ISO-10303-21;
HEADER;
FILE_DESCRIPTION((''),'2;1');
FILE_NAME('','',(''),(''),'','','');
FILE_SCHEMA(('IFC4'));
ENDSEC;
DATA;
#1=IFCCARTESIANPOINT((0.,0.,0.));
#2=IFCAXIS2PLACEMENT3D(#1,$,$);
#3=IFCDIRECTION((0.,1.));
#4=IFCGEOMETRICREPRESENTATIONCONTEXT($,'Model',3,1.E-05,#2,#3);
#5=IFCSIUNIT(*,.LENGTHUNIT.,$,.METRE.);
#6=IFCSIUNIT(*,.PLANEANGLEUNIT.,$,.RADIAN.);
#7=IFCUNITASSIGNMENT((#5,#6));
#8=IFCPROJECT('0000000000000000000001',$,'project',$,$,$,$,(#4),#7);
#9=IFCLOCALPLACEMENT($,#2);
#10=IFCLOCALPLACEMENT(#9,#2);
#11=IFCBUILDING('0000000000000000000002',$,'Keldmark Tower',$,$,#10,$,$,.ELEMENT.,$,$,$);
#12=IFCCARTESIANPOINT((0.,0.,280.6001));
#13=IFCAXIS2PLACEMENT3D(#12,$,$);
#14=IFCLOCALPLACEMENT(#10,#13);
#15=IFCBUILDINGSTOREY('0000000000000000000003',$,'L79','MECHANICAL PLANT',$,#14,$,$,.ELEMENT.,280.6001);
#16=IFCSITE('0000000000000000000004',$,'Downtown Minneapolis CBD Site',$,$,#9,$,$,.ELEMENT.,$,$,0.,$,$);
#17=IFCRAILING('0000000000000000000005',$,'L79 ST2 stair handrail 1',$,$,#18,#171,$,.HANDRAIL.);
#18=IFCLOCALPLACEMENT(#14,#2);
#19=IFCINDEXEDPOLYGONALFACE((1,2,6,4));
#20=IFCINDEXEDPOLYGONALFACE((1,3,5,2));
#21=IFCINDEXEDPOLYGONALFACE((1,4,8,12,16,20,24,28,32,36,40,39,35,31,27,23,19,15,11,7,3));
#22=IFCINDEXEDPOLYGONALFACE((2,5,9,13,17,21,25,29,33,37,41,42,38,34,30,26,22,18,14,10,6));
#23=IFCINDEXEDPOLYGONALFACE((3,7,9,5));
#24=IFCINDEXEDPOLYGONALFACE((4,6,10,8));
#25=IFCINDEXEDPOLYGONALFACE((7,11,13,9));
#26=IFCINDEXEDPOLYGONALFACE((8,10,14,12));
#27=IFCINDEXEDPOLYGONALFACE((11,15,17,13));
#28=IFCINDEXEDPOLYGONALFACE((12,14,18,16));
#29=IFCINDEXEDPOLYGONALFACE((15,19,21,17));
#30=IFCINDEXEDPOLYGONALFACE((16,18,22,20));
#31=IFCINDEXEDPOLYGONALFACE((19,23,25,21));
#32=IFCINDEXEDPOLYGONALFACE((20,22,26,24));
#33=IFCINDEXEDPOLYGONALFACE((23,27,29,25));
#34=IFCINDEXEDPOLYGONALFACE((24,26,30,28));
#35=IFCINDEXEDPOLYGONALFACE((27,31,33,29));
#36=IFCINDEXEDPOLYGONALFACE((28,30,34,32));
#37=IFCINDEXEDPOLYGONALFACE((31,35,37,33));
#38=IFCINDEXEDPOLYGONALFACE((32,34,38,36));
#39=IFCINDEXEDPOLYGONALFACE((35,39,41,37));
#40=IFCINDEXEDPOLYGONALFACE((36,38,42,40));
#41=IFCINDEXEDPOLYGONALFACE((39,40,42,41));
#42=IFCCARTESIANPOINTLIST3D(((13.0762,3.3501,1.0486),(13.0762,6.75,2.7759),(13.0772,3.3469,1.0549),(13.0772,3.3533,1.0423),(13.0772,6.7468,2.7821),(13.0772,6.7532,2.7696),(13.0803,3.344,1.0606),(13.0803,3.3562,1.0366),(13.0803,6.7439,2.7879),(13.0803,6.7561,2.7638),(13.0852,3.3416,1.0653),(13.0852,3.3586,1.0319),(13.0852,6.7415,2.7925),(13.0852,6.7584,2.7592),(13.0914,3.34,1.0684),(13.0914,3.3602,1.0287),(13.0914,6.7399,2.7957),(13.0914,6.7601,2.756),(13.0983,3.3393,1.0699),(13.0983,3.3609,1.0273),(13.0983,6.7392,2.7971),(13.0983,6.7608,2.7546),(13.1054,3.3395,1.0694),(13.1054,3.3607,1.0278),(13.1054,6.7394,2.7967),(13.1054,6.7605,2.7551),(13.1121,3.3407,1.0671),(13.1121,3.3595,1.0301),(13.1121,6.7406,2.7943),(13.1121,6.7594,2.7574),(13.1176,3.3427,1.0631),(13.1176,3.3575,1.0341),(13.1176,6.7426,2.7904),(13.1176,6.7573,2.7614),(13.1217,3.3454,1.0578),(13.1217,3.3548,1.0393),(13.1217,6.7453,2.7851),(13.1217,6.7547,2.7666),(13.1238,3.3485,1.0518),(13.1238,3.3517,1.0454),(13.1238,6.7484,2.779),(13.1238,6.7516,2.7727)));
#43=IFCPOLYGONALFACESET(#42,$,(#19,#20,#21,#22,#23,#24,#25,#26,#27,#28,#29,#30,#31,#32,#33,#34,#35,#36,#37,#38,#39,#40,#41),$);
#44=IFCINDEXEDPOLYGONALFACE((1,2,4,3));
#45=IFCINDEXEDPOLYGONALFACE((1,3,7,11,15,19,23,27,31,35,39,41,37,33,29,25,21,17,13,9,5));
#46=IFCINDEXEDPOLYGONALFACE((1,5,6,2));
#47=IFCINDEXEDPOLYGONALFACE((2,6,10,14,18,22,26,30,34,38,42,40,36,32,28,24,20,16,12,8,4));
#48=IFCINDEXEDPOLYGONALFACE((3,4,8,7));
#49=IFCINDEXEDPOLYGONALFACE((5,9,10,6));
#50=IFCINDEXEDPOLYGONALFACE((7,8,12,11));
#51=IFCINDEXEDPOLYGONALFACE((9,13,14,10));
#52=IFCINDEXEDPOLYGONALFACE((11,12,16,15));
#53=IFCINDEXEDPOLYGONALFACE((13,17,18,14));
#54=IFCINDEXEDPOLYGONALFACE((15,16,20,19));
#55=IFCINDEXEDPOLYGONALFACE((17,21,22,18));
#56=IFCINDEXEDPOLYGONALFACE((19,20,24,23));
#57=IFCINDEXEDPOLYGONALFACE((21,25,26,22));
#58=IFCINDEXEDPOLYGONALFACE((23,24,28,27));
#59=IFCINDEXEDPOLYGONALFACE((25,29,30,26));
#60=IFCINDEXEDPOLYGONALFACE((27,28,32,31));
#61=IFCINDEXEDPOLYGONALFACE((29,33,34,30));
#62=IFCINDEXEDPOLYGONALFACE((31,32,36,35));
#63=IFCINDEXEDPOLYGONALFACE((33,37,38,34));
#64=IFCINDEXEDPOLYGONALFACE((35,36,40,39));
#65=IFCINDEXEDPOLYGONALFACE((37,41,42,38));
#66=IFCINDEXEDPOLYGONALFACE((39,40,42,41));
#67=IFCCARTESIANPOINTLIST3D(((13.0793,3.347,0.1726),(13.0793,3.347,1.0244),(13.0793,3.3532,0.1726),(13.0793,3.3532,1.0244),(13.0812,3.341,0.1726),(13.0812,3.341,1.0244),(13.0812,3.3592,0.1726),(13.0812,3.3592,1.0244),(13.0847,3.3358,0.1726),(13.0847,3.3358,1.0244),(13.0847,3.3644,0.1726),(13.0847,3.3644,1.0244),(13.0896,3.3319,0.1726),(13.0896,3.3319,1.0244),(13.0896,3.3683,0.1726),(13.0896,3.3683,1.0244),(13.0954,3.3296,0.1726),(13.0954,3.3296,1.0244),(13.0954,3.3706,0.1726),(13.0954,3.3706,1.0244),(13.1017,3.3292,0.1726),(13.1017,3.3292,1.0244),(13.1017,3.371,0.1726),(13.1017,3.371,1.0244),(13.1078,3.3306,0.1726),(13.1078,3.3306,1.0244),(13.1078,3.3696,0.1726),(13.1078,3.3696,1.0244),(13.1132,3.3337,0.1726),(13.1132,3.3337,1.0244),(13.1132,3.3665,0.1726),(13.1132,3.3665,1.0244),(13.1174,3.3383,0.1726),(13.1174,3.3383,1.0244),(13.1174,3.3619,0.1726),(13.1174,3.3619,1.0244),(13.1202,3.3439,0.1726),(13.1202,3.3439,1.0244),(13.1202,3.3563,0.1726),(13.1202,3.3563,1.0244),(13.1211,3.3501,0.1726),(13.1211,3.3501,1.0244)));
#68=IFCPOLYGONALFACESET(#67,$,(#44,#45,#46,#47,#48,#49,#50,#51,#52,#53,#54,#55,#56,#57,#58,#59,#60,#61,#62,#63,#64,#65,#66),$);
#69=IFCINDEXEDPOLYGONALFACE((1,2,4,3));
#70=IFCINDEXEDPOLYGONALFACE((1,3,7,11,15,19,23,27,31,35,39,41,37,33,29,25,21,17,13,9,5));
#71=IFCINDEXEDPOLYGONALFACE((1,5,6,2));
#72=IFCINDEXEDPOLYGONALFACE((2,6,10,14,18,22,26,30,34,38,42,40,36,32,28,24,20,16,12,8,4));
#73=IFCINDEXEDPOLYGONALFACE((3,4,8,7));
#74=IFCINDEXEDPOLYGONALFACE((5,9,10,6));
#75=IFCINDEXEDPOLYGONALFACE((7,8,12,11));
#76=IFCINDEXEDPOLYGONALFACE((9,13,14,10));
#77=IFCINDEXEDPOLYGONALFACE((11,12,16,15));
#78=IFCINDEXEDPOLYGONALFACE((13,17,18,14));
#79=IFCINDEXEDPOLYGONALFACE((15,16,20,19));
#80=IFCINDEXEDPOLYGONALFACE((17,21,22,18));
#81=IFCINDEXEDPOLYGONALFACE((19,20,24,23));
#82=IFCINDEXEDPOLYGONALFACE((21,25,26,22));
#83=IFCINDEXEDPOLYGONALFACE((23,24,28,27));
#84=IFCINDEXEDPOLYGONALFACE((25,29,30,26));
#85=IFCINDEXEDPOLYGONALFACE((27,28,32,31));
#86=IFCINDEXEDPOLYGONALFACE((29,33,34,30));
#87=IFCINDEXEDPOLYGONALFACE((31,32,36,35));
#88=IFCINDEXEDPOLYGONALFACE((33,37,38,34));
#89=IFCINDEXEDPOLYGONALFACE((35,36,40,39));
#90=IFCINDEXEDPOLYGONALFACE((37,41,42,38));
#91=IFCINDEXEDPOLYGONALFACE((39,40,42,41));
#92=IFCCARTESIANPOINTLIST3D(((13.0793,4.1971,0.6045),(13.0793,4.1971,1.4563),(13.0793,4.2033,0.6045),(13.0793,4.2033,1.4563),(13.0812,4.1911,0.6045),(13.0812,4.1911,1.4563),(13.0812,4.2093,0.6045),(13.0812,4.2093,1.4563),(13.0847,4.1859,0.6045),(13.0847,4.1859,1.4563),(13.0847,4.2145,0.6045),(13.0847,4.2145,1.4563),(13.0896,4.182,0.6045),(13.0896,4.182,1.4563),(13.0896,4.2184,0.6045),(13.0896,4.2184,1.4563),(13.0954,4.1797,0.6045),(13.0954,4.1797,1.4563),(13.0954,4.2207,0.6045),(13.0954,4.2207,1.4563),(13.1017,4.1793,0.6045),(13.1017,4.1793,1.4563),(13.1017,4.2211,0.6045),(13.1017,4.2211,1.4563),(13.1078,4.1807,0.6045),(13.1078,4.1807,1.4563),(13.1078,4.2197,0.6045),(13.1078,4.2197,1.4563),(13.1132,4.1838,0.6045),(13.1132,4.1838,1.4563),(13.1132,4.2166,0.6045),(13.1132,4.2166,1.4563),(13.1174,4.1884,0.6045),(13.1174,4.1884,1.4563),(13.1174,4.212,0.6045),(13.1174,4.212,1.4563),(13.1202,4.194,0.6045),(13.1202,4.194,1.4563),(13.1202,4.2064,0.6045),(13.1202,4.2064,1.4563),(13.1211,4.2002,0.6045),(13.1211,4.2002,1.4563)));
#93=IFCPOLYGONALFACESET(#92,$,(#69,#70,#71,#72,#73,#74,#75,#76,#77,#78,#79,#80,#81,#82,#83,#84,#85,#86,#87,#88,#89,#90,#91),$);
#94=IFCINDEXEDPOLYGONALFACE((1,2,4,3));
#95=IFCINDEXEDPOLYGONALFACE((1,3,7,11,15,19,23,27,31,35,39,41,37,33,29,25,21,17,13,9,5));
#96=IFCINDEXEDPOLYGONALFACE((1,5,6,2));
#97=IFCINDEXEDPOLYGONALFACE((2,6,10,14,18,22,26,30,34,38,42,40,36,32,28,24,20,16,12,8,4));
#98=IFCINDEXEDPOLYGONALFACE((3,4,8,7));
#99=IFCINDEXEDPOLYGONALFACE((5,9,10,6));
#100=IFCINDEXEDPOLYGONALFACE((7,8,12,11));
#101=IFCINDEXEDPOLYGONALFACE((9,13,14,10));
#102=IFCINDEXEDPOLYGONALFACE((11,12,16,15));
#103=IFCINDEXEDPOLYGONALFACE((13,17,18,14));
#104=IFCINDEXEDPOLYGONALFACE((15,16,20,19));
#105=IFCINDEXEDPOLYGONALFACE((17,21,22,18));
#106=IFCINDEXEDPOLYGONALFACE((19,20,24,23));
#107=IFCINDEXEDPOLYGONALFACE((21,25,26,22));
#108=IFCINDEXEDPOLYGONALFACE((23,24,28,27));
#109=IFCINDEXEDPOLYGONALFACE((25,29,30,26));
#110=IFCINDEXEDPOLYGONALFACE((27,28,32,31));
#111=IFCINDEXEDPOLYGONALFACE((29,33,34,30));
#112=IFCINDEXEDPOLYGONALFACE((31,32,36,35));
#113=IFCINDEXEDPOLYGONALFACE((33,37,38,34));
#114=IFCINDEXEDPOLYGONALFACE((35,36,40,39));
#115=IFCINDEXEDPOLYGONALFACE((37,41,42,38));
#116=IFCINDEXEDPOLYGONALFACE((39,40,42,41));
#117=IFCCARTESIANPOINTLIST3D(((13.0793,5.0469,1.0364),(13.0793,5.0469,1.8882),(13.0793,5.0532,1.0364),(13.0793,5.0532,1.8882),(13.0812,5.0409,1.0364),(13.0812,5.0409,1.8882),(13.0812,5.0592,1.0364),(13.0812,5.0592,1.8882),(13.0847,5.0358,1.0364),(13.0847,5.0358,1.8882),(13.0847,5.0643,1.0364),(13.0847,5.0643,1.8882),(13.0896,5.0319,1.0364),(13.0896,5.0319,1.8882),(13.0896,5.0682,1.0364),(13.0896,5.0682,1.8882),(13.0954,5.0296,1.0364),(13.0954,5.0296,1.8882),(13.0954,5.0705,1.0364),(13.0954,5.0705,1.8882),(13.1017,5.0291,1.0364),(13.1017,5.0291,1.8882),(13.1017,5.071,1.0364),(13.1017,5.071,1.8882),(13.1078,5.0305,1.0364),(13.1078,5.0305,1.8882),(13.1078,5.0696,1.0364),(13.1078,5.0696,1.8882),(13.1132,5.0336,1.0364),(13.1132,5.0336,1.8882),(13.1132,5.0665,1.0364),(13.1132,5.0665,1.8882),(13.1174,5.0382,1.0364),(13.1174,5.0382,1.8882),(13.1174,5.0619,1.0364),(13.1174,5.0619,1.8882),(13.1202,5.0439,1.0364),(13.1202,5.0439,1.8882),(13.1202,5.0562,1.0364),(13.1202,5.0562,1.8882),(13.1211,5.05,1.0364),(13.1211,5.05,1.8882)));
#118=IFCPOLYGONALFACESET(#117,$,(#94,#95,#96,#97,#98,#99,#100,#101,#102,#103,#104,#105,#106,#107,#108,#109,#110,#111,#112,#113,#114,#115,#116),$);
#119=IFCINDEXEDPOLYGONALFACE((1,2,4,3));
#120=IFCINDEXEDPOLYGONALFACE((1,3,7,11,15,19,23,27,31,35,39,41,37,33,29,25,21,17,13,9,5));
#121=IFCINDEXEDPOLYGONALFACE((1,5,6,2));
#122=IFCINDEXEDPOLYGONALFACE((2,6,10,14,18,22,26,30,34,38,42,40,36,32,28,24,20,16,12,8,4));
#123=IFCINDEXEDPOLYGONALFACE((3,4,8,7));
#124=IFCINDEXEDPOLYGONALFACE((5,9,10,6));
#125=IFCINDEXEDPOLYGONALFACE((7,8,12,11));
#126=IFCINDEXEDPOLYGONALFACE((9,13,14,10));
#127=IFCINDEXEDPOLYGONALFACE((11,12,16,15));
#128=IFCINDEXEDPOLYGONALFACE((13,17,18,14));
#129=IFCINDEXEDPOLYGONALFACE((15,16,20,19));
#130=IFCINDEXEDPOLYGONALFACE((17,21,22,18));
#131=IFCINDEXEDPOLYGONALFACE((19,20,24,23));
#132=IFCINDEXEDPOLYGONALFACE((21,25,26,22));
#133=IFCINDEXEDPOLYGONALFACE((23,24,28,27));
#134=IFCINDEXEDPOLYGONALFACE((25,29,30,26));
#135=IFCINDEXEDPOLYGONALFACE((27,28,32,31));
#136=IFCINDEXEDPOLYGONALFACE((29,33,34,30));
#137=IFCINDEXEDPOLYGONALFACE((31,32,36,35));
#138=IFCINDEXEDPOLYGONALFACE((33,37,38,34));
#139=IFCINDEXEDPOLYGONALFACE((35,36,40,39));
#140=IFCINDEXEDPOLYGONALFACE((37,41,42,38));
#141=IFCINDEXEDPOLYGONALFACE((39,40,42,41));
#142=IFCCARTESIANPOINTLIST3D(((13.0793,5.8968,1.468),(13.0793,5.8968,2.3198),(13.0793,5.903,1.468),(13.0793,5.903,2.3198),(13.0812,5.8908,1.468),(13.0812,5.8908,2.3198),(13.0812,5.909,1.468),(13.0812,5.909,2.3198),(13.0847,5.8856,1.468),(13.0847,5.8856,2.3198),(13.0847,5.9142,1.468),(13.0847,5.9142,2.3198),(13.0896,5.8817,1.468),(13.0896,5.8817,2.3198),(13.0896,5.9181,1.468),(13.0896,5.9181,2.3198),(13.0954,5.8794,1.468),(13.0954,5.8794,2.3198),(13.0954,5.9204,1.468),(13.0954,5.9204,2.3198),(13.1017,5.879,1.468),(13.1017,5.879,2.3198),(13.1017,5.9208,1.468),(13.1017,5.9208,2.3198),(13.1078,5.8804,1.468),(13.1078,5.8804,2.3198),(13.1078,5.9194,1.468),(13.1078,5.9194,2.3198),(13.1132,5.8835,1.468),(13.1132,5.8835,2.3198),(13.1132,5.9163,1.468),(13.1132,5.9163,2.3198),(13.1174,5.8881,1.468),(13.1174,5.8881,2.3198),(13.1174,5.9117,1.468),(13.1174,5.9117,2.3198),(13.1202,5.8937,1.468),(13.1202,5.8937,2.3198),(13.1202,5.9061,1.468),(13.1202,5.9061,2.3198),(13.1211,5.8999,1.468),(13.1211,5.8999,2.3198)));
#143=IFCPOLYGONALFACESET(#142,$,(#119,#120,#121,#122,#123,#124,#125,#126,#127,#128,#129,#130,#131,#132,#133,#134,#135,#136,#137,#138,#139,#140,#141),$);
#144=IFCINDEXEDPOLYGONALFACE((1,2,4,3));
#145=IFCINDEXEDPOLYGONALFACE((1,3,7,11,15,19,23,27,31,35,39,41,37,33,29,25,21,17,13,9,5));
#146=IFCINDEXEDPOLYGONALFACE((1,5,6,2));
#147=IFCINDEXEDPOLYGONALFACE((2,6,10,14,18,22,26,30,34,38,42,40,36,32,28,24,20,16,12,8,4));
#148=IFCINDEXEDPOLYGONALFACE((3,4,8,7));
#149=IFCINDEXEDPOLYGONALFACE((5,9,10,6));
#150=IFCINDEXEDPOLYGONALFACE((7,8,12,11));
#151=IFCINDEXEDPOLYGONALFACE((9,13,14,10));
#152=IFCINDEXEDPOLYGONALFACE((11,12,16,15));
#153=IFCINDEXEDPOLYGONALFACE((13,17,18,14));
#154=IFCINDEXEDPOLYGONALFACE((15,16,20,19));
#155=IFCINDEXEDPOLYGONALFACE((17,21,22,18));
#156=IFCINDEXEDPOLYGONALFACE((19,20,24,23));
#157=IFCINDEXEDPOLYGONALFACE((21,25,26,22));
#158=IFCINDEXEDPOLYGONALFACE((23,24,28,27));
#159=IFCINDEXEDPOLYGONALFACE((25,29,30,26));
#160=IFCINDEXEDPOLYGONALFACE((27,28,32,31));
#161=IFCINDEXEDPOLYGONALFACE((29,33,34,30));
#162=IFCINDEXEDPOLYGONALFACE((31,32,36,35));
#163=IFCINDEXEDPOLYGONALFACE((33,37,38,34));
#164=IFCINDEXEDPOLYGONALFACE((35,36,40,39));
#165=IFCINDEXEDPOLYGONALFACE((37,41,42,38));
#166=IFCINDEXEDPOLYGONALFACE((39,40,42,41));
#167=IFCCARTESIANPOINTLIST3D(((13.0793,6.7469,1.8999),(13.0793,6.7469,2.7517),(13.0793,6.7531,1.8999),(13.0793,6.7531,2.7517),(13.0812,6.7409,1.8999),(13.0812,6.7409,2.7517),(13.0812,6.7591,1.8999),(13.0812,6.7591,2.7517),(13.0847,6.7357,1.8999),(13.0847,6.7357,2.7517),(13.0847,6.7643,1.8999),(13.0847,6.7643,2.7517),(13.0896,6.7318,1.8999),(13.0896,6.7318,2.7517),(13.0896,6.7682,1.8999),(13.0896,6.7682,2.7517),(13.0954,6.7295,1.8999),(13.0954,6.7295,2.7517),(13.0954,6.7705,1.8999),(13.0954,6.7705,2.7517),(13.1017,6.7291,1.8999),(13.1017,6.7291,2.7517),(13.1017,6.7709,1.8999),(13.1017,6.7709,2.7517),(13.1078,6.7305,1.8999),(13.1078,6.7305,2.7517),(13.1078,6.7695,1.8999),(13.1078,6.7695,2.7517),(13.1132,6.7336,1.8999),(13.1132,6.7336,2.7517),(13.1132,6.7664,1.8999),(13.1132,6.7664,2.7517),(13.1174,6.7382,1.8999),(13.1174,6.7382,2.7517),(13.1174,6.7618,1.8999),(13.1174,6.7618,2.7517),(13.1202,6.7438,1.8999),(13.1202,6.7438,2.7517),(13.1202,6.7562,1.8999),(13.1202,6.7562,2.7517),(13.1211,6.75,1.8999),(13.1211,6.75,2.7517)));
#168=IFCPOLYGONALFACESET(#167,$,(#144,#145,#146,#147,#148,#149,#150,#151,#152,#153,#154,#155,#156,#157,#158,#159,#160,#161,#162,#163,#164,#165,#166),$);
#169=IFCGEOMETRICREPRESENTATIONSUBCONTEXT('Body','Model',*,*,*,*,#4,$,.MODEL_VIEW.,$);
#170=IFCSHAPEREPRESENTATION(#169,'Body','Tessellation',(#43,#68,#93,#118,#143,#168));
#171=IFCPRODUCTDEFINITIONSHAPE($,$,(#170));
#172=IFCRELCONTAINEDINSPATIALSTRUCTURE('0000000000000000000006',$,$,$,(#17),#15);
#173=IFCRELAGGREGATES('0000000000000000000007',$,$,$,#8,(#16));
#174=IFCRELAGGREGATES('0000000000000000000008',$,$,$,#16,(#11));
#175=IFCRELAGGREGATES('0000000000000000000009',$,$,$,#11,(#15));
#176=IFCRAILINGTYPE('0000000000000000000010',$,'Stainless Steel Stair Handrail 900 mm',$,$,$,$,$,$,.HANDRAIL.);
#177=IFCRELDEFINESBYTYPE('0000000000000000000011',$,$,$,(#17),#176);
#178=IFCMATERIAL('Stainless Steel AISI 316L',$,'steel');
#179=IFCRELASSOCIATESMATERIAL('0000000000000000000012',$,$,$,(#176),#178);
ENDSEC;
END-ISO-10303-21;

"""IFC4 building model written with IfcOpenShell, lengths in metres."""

from ifc_helpers import new_model, si_unit, direction, frame, origin, origin_2d, place, context, subcontext, project, spatial, circle, extrude, material, type_object, element, save


model = new_model("IFC4")

# Units and contexts
model_context = context("Model", 3, precision=1e-05, world=origin(), true_north=direction((0.0, 1.0)))
body_context = subcontext(model_context, "Body", "Model", "MODEL_VIEW")
ifc_project = project(units=[si_unit("LENGTHUNIT", "METRE"), si_unit("PLANEANGLEUNIT", "RADIAN")], contexts=[model_context])

# Site, building, storey
site_placement = place(None, origin())
site = spatial("IfcSite", under=ifc_project, at=site_placement, Name="Downtown Minneapolis CBD Site", CompositionType="ELEMENT", RefElevation=0.0)
building_placement = place(site_placement, origin())
building = spatial("IfcBuilding", under=site, at=building_placement, Name="Keldmark Tower", CompositionType="ELEMENT")
storey_placement = place(building_placement, frame((0.0, 0.0, 280.6001)))
storey = spatial("IfcBuildingStorey", under=building, at=storey_placement, Name="L79", Description="MECHANICAL PLANT", CompositionType="ELEMENT", Elevation=280.6001)

# Railing
ifc_material_1 = material(Name="Stainless Steel AISI 316L", Category="steel")
railing_type_1 = type_object("IfcRailingType", Name="Stainless Steel Stair Handrail 900 mm", PredefinedType="HANDRAIL", material=ifc_material_1)
railing_1_placement = place(storey_placement, frame((13.1001, 3.3501, 0.1726)))
element("IfcRailing", 1, at=railing_1_placement, inside=storey, type_object=railing_type_1, Name="L79 ST2 stair handrail 1", PredefinedType="HANDRAIL", context=body_context, shape_type="SweptSolid", body=[
    extrude(circle(Radius=0.0239, at=origin_2d()), frame((0.0, 0.0, 0.876), z_axis=(0.0, 0.891541, 0.452941), x_axis=(-1.0, 0.0, 0.0)), (0.0, 0.0, 1.0), 3.8135),
    extrude(circle(Radius=0.021, at=origin_2d()), origin(), (0.0, 0.0, 1.0), 0.8518),
    extrude(circle(Radius=0.021, at=origin_2d()), frame((0.0, 0.8501, 0.4319)), (0.0, 0.0, 1.0), 0.8518),
    extrude(circle(Radius=0.021, at=origin_2d()), frame((0.0, 1.7, 0.8638)), (0.0, 0.0, 1.0), 0.8518),
    extrude(circle(Radius=0.021, at=origin_2d()), frame((0.0, 2.5498, 1.2954)), (0.0, 0.0, 1.0), 0.8518),
    extrude(circle(Radius=0.021, at=origin_2d()), frame((0.0, 3.3999, 1.7273)), (0.0, 0.0, 1.0), 0.8518),
])

save(model, "model.ifc")
